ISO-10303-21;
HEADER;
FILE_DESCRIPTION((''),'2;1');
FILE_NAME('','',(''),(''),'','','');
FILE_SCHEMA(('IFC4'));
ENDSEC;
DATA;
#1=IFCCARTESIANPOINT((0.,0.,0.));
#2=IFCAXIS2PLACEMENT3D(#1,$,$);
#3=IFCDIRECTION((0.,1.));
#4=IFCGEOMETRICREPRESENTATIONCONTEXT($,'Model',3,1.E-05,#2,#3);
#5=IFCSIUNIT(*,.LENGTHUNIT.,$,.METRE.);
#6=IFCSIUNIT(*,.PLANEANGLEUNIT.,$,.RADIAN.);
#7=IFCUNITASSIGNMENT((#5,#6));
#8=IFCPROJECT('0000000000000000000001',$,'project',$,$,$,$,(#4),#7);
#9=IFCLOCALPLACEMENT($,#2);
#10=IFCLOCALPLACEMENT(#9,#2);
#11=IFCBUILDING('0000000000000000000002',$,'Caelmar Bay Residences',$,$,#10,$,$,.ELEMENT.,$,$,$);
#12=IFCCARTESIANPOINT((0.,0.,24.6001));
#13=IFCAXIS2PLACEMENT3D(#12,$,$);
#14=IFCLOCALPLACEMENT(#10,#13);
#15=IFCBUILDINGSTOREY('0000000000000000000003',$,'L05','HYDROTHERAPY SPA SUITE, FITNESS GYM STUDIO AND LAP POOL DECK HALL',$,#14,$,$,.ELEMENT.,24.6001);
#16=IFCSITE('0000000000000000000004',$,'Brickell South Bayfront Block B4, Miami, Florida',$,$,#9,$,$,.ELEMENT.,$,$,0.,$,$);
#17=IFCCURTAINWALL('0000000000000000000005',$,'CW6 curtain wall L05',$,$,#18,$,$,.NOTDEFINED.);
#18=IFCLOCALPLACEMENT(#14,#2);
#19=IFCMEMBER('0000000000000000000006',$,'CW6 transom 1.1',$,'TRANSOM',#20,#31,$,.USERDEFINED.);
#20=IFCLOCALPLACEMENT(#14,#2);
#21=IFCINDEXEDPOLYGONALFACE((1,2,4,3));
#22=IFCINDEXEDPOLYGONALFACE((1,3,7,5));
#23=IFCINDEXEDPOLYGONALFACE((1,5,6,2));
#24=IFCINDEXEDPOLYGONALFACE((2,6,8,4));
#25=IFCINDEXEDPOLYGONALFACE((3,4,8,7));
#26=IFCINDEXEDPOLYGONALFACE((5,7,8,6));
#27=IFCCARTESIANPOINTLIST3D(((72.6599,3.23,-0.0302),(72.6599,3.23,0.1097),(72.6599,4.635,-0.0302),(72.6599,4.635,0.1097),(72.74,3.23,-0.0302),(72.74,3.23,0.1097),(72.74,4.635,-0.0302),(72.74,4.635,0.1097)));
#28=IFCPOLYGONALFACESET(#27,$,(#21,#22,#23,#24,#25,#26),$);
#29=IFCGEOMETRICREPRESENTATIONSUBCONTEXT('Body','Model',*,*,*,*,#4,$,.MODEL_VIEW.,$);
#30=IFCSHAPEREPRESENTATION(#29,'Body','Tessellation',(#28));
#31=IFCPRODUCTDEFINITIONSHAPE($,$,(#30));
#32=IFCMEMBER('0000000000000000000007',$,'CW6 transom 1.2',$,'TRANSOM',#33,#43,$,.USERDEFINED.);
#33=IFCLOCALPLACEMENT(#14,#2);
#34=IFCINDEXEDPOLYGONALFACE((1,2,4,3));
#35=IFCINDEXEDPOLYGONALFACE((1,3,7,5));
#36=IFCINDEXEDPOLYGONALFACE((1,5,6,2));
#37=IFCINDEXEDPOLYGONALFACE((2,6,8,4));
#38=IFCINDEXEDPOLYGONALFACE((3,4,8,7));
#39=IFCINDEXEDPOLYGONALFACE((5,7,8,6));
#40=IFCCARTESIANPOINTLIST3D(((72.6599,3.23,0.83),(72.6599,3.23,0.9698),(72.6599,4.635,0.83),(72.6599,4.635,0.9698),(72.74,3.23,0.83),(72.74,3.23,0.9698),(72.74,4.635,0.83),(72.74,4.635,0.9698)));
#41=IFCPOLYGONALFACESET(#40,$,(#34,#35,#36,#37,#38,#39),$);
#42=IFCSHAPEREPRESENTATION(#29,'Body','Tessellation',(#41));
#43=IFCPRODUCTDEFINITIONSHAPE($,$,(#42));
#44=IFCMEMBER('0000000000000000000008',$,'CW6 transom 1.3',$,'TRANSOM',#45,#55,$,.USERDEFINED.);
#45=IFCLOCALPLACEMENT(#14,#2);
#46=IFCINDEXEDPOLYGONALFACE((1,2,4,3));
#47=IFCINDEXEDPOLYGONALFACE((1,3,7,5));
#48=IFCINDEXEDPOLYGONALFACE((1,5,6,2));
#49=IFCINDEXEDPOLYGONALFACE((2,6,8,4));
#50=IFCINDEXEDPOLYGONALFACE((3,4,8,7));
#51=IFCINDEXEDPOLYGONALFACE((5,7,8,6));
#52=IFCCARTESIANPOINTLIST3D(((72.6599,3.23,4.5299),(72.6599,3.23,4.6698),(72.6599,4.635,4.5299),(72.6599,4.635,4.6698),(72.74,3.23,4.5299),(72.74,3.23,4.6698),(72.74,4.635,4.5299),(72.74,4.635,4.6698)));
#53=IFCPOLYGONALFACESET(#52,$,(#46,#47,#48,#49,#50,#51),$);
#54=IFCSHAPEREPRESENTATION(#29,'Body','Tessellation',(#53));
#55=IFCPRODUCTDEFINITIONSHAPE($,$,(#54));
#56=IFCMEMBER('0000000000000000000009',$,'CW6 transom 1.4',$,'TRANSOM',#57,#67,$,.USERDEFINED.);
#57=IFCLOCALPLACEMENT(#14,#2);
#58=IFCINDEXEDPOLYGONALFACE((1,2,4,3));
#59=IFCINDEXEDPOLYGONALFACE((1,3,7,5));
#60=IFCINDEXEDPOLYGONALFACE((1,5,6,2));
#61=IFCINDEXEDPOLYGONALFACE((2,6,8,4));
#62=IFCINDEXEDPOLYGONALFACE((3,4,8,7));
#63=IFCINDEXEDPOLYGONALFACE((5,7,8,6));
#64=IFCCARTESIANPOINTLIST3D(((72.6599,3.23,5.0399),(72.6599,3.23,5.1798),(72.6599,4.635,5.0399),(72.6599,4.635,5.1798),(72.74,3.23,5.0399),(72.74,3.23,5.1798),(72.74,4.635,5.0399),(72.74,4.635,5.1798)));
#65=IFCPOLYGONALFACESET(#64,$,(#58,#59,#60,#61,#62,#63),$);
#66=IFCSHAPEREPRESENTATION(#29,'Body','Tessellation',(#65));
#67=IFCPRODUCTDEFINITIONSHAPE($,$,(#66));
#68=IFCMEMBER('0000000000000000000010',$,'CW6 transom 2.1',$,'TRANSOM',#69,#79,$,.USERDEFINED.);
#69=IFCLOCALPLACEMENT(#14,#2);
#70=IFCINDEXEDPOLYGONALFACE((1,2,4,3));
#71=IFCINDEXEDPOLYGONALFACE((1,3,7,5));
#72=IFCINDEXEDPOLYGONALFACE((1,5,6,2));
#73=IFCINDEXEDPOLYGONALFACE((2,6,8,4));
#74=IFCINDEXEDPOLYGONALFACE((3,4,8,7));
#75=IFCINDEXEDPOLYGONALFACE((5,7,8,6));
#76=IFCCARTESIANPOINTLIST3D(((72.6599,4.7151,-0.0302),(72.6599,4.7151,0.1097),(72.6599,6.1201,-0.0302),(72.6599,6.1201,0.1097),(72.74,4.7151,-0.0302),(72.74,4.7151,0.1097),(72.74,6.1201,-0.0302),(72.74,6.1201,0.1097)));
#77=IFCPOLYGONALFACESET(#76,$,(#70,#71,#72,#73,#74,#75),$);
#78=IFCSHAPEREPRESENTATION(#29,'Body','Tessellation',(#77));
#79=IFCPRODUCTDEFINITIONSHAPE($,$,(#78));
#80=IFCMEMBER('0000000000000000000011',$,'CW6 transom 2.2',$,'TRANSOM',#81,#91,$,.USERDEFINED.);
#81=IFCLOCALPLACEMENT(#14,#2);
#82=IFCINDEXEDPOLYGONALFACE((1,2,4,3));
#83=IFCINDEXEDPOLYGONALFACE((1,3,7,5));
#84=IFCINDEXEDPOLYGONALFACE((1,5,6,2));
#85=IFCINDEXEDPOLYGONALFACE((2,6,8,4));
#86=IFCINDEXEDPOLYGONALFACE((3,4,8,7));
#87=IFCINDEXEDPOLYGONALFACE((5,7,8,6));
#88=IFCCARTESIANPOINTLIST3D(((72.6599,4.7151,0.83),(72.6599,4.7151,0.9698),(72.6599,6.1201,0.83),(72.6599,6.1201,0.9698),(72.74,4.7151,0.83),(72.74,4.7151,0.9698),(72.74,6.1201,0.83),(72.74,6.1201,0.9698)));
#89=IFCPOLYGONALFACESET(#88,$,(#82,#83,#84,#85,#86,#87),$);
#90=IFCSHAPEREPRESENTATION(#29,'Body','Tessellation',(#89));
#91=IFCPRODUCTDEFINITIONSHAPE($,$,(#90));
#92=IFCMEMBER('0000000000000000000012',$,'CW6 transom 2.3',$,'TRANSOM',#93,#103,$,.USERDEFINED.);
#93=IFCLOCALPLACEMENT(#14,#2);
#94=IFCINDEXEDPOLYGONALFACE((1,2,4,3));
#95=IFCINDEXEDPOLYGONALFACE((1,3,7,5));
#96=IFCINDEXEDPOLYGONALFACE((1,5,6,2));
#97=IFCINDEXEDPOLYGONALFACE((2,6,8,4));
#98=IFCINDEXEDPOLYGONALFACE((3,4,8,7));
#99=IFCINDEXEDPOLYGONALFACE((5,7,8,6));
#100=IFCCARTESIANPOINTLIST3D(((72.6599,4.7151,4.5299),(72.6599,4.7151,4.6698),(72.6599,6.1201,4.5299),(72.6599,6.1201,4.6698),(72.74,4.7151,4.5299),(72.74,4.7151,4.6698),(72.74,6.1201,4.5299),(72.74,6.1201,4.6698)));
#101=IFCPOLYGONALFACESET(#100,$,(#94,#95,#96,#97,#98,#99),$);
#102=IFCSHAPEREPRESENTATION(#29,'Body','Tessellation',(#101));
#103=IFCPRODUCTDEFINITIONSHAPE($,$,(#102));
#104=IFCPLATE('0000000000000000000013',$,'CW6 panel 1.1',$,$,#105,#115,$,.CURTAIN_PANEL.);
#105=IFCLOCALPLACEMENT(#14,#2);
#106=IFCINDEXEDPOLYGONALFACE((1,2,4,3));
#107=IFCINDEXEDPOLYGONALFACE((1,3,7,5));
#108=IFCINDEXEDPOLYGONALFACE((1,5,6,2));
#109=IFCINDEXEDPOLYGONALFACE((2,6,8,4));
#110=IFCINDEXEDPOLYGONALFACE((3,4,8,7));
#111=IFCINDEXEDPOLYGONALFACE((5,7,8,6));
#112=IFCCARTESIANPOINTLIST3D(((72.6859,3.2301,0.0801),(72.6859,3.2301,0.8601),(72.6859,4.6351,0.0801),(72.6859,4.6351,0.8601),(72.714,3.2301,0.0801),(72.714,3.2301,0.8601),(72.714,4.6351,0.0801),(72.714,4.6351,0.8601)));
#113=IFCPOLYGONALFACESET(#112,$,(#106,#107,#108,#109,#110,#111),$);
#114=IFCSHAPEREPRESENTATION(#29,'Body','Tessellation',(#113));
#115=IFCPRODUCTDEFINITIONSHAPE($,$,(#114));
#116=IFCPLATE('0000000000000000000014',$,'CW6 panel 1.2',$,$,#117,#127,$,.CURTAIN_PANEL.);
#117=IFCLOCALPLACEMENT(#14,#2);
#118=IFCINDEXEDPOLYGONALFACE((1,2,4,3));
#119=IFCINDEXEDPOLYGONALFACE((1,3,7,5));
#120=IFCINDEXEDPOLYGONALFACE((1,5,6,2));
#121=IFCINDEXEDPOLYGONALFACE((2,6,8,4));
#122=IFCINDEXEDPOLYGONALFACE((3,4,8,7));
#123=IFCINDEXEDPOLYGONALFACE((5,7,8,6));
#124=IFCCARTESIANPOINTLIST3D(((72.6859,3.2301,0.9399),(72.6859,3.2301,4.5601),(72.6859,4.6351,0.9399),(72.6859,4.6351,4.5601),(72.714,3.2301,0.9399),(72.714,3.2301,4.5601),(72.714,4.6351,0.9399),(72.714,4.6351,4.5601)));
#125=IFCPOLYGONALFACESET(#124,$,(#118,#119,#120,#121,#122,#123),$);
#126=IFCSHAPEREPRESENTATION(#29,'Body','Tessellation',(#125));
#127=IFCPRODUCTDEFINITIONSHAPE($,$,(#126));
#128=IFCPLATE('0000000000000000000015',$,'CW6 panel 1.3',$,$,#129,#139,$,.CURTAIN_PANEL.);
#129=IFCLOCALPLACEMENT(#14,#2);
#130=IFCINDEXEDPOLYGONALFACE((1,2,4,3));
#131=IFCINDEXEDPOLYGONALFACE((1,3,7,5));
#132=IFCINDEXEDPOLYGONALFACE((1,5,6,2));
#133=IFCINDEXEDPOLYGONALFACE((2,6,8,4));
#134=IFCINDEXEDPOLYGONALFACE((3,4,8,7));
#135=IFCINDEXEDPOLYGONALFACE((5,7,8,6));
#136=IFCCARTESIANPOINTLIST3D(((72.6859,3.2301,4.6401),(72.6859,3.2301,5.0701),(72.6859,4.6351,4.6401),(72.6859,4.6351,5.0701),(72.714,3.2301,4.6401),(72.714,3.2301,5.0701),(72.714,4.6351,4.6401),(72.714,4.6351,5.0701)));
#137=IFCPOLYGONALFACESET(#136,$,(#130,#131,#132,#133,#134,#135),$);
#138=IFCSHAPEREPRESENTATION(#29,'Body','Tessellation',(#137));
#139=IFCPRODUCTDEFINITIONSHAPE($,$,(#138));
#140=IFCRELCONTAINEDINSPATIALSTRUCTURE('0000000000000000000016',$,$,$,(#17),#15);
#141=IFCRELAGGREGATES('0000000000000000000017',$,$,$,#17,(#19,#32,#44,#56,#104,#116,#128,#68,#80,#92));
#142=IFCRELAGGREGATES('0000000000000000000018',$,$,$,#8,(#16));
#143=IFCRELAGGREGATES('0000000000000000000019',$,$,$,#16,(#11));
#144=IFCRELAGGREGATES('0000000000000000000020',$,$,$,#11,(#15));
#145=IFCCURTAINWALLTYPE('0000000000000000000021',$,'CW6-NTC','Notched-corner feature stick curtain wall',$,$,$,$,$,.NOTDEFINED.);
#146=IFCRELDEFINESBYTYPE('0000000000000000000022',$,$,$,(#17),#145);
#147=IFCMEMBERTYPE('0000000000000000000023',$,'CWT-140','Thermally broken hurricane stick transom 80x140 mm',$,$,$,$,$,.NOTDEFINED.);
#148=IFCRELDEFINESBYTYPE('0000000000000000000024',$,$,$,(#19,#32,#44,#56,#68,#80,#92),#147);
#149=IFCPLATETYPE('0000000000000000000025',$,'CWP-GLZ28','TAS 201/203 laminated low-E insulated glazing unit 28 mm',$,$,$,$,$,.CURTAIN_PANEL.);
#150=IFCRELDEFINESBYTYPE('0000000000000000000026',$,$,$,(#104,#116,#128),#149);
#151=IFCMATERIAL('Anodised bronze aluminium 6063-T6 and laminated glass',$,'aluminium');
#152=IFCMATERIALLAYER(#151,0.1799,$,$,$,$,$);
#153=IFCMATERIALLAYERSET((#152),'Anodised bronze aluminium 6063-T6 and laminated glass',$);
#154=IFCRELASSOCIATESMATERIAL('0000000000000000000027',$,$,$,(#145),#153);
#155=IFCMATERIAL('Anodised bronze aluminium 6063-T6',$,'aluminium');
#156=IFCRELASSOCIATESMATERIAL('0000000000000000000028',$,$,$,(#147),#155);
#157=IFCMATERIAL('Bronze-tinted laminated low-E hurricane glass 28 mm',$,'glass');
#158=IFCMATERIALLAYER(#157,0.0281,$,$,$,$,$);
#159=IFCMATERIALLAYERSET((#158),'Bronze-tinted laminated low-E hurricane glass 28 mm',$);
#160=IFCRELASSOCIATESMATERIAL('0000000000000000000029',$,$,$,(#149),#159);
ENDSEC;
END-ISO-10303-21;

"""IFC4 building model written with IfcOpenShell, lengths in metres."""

from ifc_helpers import new_model, si_unit, direction, frame, origin, origin_2d, place, context, subcontext, project, spatial, rectangle, extrude, material, layer, layer_set, material_profile, profile_set, type_object, element, aggregate, save


model = new_model("IFC4")

# Units and contexts
model_context = context("Model", 3, precision=1e-05, world=origin(), true_north=direction((0.0, 1.0)))
body_context = subcontext(model_context, "Body", "Model", "MODEL_VIEW")
ifc_project = project(units=[si_unit("LENGTHUNIT", "METRE"), si_unit("PLANEANGLEUNIT", "RADIAN")], contexts=[model_context])

# Site, building, storey
site_placement = place(None, origin())
site = spatial("IfcSite", under=ifc_project, at=site_placement, Name="Brickell South Bayfront Block B4, Miami, Florida", CompositionType="ELEMENT", RefElevation=0.0)
building_placement = place(site_placement, origin())
building = spatial("IfcBuilding", under=site, at=building_placement, Name="Caelmar Bay Residences", CompositionType="ELEMENT")
storey_placement = place(building_placement, frame((0.0, 0.0, 24.6001)))
storey = spatial("IfcBuildingStorey", under=building, at=storey_placement, Name="L05", Description="HYDROTHERAPY SPA SUITE, FITNESS GYM STUDIO AND LAP POOL DECK HALL", CompositionType="ELEMENT", Elevation=24.6001)

# Curtain wall, members, plates
ifc_material_1 = material(Name="Anodised bronze aluminium 6063-T6 and laminated glass", Category="aluminium")
ifc_layer_1 = layer(ifc_material_1, 0.1799)
ifc_layer_set_1 = layer_set([ifc_layer_1], Name="Anodised bronze aluminium 6063-T6 and laminated glass")
curtain_wall_type = type_object("IfcCurtainWallType", Name="CW6-NTC", Description="Notched-corner feature stick curtain wall", PredefinedType="NOTDEFINED", material=ifc_layer_set_1)
curtain_wall_placement = place(storey_placement, origin())
curtain_wall = element("IfcCurtainWall", 1, at=curtain_wall_placement, inside=storey, type_object=curtain_wall_type, Name="CW6 curtain wall L05", PredefinedType="NOTDEFINED")
ifc_material_2 = material(Name="Anodised bronze aluminium 6063-T6", Category="aluminium")
ifc_material_profile_1 = material_profile(ifc_material_2, rectangle(XDim=0.0801, YDim=0.1399, at=origin_2d()), Name="CWT-80X140")
ifc_profile_set_1 = profile_set([ifc_material_profile_1], Name="Anodised bronze aluminium 6063-T6")
member_type_1 = type_object("IfcMemberType", Name="CWT-140", Description="Thermally broken hurricane stick transom 80x140 mm", PredefinedType="NOTDEFINED", material=ifc_profile_set_1)
member_1_placement = place(storey_placement, frame((72.7, 3.23, 0.0398), z_axis=(0.0, 1.0, 0.0), x_axis=(-1.0, 0.0, 0.0)))
member_1 = element("IfcMember", 2, at=member_1_placement, type_object=member_type_1, Name="CW6 transom 1.1", ObjectType="TRANSOM", PredefinedType="USERDEFINED", context=body_context, shape_type="SweptSolid", body=[
    extrude(rectangle(XDim=0.0801, YDim=0.1399, at=origin_2d()), origin(), (0.0, 0.0, 1.0), 1.405),
])
member_2_placement = place(storey_placement, frame((72.7, 3.23, 0.8999), z_axis=(0.0, 1.0, 0.0), x_axis=(-1.0, 0.0, 0.0)))
member_2 = element("IfcMember", 3, at=member_2_placement, type_object=member_type_1, Name="CW6 transom 1.2", ObjectType="TRANSOM", PredefinedType="USERDEFINED", context=body_context, shape_type="SweptSolid", body=[
    extrude(rectangle(XDim=0.0801, YDim=0.1399, at=origin_2d()), origin(), (0.0, 0.0, 1.0), 1.405),
])
member_3_placement = place(storey_placement, frame((72.7, 3.23, 4.5999), z_axis=(0.0, 1.0, 0.0), x_axis=(-1.0, 0.0, 0.0)))
member_3 = element("IfcMember", 4, at=member_3_placement, type_object=member_type_1, Name="CW6 transom 1.3", ObjectType="TRANSOM", PredefinedType="USERDEFINED", context=body_context, shape_type="SweptSolid", body=[
    extrude(rectangle(XDim=0.0801, YDim=0.1399, at=origin_2d()), origin(), (0.0, 0.0, 1.0), 1.405),
])
member_4_placement = place(storey_placement, frame((72.7, 3.23, 5.1099), z_axis=(0.0, 1.0, 0.0), x_axis=(-1.0, 0.0, 0.0)))
member_4 = element("IfcMember", 5, at=member_4_placement, type_object=member_type_1, Name="CW6 transom 1.4", ObjectType="TRANSOM", PredefinedType="USERDEFINED", context=body_context, shape_type="SweptSolid", body=[
    extrude(rectangle(XDim=0.0801, YDim=0.1399, at=origin_2d()), origin(), (0.0, 0.0, 1.0), 1.405),
])
member_5_placement = place(storey_placement, frame((72.7, 4.7151, 0.0398), z_axis=(0.0, 1.0, 0.0), x_axis=(-1.0, 0.0, 0.0)))
member_5 = element("IfcMember", 6, at=member_5_placement, type_object=member_type_1, Name="CW6 transom 2.1", ObjectType="TRANSOM", PredefinedType="USERDEFINED", context=body_context, shape_type="SweptSolid", body=[
    extrude(rectangle(XDim=0.0801, YDim=0.1399, at=origin_2d()), origin(), (0.0, 0.0, 1.0), 1.405),
])
member_6_placement = place(storey_placement, frame((72.7, 4.7151, 0.8999), z_axis=(0.0, 1.0, 0.0), x_axis=(-1.0, 0.0, 0.0)))
member_6 = element("IfcMember", 7, at=member_6_placement, type_object=member_type_1, Name="CW6 transom 2.2", ObjectType="TRANSOM", PredefinedType="USERDEFINED", context=body_context, shape_type="SweptSolid", body=[
    extrude(rectangle(XDim=0.0801, YDim=0.1399, at=origin_2d()), origin(), (0.0, 0.0, 1.0), 1.405),
])
member_7_placement = place(storey_placement, frame((72.7, 4.7151, 4.5999), z_axis=(0.0, 1.0, 0.0), x_axis=(-1.0, 0.0, 0.0)))
member_7 = element("IfcMember", 8, at=member_7_placement, type_object=member_type_1, Name="CW6 transom 2.3", ObjectType="TRANSOM", PredefinedType="USERDEFINED", context=body_context, shape_type="SweptSolid", body=[
    extrude(rectangle(XDim=0.0801, YDim=0.1399, at=origin_2d()), origin(), (0.0, 0.0, 1.0), 1.405),
])
ifc_material_3 = material(Name="Bronze-tinted laminated low-E hurricane glass 28 mm", Category="glass")
ifc_layer_2 = layer(ifc_material_3, 0.0281)
ifc_layer_set_2 = layer_set([ifc_layer_2], Name="Bronze-tinted laminated low-E hurricane glass 28 mm")
plate_type = type_object("IfcPlateType", Name="CWP-GLZ28", Description="TAS 201/203 laminated low-E insulated glazing unit 28 mm", PredefinedType="CURTAIN_PANEL", material=ifc_layer_set_2)
plate_1_placement = place(storey_placement, frame((72.7, 3.9326, 0.0801), z_axis=(0.0, 0.0, 1.0), x_axis=(0.0, 1.0, 0.0)))
plate_1 = element("IfcPlate", 9, at=plate_1_placement, type_object=plate_type, Name="CW6 panel 1.1", PredefinedType="CURTAIN_PANEL", context=body_context, shape_type="SweptSolid", body=[
    extrude(rectangle(XDim=1.405, YDim=0.0281, at=origin_2d()), origin(), (0.0, 0.0, 1.0), 0.78),
])
plate_2_placement = place(storey_placement, frame((72.7, 3.9326, 0.9399), z_axis=(0.0, 0.0, 1.0), x_axis=(0.0, 1.0, 0.0)))
plate_2 = element("IfcPlate", 10, at=plate_2_placement, type_object=plate_type, Name="CW6 panel 1.2", PredefinedType="CURTAIN_PANEL", context=body_context, shape_type="SweptSolid", body=[
    extrude(rectangle(XDim=1.405, YDim=0.0281, at=origin_2d()), origin(), (0.0, 0.0, 1.0), 3.6201),
])
plate_3_placement = place(storey_placement, frame((72.7, 3.9326, 4.6401), z_axis=(0.0, 0.0, 1.0), x_axis=(0.0, 1.0, 0.0)))
plate_3 = element("IfcPlate", 11, at=plate_3_placement, type_object=plate_type, Name="CW6 panel 1.3", PredefinedType="CURTAIN_PANEL", context=body_context, shape_type="SweptSolid", body=[
    extrude(rectangle(XDim=1.405, YDim=0.0281, at=origin_2d()), origin(), (0.0, 0.0, 1.0), 0.4299),
])
aggregate(curtain_wall, [member_1, member_2, member_3, member_4, plate_1, plate_2, plate_3, member_5, member_6, member_7])

save(model, "model.ifc")
